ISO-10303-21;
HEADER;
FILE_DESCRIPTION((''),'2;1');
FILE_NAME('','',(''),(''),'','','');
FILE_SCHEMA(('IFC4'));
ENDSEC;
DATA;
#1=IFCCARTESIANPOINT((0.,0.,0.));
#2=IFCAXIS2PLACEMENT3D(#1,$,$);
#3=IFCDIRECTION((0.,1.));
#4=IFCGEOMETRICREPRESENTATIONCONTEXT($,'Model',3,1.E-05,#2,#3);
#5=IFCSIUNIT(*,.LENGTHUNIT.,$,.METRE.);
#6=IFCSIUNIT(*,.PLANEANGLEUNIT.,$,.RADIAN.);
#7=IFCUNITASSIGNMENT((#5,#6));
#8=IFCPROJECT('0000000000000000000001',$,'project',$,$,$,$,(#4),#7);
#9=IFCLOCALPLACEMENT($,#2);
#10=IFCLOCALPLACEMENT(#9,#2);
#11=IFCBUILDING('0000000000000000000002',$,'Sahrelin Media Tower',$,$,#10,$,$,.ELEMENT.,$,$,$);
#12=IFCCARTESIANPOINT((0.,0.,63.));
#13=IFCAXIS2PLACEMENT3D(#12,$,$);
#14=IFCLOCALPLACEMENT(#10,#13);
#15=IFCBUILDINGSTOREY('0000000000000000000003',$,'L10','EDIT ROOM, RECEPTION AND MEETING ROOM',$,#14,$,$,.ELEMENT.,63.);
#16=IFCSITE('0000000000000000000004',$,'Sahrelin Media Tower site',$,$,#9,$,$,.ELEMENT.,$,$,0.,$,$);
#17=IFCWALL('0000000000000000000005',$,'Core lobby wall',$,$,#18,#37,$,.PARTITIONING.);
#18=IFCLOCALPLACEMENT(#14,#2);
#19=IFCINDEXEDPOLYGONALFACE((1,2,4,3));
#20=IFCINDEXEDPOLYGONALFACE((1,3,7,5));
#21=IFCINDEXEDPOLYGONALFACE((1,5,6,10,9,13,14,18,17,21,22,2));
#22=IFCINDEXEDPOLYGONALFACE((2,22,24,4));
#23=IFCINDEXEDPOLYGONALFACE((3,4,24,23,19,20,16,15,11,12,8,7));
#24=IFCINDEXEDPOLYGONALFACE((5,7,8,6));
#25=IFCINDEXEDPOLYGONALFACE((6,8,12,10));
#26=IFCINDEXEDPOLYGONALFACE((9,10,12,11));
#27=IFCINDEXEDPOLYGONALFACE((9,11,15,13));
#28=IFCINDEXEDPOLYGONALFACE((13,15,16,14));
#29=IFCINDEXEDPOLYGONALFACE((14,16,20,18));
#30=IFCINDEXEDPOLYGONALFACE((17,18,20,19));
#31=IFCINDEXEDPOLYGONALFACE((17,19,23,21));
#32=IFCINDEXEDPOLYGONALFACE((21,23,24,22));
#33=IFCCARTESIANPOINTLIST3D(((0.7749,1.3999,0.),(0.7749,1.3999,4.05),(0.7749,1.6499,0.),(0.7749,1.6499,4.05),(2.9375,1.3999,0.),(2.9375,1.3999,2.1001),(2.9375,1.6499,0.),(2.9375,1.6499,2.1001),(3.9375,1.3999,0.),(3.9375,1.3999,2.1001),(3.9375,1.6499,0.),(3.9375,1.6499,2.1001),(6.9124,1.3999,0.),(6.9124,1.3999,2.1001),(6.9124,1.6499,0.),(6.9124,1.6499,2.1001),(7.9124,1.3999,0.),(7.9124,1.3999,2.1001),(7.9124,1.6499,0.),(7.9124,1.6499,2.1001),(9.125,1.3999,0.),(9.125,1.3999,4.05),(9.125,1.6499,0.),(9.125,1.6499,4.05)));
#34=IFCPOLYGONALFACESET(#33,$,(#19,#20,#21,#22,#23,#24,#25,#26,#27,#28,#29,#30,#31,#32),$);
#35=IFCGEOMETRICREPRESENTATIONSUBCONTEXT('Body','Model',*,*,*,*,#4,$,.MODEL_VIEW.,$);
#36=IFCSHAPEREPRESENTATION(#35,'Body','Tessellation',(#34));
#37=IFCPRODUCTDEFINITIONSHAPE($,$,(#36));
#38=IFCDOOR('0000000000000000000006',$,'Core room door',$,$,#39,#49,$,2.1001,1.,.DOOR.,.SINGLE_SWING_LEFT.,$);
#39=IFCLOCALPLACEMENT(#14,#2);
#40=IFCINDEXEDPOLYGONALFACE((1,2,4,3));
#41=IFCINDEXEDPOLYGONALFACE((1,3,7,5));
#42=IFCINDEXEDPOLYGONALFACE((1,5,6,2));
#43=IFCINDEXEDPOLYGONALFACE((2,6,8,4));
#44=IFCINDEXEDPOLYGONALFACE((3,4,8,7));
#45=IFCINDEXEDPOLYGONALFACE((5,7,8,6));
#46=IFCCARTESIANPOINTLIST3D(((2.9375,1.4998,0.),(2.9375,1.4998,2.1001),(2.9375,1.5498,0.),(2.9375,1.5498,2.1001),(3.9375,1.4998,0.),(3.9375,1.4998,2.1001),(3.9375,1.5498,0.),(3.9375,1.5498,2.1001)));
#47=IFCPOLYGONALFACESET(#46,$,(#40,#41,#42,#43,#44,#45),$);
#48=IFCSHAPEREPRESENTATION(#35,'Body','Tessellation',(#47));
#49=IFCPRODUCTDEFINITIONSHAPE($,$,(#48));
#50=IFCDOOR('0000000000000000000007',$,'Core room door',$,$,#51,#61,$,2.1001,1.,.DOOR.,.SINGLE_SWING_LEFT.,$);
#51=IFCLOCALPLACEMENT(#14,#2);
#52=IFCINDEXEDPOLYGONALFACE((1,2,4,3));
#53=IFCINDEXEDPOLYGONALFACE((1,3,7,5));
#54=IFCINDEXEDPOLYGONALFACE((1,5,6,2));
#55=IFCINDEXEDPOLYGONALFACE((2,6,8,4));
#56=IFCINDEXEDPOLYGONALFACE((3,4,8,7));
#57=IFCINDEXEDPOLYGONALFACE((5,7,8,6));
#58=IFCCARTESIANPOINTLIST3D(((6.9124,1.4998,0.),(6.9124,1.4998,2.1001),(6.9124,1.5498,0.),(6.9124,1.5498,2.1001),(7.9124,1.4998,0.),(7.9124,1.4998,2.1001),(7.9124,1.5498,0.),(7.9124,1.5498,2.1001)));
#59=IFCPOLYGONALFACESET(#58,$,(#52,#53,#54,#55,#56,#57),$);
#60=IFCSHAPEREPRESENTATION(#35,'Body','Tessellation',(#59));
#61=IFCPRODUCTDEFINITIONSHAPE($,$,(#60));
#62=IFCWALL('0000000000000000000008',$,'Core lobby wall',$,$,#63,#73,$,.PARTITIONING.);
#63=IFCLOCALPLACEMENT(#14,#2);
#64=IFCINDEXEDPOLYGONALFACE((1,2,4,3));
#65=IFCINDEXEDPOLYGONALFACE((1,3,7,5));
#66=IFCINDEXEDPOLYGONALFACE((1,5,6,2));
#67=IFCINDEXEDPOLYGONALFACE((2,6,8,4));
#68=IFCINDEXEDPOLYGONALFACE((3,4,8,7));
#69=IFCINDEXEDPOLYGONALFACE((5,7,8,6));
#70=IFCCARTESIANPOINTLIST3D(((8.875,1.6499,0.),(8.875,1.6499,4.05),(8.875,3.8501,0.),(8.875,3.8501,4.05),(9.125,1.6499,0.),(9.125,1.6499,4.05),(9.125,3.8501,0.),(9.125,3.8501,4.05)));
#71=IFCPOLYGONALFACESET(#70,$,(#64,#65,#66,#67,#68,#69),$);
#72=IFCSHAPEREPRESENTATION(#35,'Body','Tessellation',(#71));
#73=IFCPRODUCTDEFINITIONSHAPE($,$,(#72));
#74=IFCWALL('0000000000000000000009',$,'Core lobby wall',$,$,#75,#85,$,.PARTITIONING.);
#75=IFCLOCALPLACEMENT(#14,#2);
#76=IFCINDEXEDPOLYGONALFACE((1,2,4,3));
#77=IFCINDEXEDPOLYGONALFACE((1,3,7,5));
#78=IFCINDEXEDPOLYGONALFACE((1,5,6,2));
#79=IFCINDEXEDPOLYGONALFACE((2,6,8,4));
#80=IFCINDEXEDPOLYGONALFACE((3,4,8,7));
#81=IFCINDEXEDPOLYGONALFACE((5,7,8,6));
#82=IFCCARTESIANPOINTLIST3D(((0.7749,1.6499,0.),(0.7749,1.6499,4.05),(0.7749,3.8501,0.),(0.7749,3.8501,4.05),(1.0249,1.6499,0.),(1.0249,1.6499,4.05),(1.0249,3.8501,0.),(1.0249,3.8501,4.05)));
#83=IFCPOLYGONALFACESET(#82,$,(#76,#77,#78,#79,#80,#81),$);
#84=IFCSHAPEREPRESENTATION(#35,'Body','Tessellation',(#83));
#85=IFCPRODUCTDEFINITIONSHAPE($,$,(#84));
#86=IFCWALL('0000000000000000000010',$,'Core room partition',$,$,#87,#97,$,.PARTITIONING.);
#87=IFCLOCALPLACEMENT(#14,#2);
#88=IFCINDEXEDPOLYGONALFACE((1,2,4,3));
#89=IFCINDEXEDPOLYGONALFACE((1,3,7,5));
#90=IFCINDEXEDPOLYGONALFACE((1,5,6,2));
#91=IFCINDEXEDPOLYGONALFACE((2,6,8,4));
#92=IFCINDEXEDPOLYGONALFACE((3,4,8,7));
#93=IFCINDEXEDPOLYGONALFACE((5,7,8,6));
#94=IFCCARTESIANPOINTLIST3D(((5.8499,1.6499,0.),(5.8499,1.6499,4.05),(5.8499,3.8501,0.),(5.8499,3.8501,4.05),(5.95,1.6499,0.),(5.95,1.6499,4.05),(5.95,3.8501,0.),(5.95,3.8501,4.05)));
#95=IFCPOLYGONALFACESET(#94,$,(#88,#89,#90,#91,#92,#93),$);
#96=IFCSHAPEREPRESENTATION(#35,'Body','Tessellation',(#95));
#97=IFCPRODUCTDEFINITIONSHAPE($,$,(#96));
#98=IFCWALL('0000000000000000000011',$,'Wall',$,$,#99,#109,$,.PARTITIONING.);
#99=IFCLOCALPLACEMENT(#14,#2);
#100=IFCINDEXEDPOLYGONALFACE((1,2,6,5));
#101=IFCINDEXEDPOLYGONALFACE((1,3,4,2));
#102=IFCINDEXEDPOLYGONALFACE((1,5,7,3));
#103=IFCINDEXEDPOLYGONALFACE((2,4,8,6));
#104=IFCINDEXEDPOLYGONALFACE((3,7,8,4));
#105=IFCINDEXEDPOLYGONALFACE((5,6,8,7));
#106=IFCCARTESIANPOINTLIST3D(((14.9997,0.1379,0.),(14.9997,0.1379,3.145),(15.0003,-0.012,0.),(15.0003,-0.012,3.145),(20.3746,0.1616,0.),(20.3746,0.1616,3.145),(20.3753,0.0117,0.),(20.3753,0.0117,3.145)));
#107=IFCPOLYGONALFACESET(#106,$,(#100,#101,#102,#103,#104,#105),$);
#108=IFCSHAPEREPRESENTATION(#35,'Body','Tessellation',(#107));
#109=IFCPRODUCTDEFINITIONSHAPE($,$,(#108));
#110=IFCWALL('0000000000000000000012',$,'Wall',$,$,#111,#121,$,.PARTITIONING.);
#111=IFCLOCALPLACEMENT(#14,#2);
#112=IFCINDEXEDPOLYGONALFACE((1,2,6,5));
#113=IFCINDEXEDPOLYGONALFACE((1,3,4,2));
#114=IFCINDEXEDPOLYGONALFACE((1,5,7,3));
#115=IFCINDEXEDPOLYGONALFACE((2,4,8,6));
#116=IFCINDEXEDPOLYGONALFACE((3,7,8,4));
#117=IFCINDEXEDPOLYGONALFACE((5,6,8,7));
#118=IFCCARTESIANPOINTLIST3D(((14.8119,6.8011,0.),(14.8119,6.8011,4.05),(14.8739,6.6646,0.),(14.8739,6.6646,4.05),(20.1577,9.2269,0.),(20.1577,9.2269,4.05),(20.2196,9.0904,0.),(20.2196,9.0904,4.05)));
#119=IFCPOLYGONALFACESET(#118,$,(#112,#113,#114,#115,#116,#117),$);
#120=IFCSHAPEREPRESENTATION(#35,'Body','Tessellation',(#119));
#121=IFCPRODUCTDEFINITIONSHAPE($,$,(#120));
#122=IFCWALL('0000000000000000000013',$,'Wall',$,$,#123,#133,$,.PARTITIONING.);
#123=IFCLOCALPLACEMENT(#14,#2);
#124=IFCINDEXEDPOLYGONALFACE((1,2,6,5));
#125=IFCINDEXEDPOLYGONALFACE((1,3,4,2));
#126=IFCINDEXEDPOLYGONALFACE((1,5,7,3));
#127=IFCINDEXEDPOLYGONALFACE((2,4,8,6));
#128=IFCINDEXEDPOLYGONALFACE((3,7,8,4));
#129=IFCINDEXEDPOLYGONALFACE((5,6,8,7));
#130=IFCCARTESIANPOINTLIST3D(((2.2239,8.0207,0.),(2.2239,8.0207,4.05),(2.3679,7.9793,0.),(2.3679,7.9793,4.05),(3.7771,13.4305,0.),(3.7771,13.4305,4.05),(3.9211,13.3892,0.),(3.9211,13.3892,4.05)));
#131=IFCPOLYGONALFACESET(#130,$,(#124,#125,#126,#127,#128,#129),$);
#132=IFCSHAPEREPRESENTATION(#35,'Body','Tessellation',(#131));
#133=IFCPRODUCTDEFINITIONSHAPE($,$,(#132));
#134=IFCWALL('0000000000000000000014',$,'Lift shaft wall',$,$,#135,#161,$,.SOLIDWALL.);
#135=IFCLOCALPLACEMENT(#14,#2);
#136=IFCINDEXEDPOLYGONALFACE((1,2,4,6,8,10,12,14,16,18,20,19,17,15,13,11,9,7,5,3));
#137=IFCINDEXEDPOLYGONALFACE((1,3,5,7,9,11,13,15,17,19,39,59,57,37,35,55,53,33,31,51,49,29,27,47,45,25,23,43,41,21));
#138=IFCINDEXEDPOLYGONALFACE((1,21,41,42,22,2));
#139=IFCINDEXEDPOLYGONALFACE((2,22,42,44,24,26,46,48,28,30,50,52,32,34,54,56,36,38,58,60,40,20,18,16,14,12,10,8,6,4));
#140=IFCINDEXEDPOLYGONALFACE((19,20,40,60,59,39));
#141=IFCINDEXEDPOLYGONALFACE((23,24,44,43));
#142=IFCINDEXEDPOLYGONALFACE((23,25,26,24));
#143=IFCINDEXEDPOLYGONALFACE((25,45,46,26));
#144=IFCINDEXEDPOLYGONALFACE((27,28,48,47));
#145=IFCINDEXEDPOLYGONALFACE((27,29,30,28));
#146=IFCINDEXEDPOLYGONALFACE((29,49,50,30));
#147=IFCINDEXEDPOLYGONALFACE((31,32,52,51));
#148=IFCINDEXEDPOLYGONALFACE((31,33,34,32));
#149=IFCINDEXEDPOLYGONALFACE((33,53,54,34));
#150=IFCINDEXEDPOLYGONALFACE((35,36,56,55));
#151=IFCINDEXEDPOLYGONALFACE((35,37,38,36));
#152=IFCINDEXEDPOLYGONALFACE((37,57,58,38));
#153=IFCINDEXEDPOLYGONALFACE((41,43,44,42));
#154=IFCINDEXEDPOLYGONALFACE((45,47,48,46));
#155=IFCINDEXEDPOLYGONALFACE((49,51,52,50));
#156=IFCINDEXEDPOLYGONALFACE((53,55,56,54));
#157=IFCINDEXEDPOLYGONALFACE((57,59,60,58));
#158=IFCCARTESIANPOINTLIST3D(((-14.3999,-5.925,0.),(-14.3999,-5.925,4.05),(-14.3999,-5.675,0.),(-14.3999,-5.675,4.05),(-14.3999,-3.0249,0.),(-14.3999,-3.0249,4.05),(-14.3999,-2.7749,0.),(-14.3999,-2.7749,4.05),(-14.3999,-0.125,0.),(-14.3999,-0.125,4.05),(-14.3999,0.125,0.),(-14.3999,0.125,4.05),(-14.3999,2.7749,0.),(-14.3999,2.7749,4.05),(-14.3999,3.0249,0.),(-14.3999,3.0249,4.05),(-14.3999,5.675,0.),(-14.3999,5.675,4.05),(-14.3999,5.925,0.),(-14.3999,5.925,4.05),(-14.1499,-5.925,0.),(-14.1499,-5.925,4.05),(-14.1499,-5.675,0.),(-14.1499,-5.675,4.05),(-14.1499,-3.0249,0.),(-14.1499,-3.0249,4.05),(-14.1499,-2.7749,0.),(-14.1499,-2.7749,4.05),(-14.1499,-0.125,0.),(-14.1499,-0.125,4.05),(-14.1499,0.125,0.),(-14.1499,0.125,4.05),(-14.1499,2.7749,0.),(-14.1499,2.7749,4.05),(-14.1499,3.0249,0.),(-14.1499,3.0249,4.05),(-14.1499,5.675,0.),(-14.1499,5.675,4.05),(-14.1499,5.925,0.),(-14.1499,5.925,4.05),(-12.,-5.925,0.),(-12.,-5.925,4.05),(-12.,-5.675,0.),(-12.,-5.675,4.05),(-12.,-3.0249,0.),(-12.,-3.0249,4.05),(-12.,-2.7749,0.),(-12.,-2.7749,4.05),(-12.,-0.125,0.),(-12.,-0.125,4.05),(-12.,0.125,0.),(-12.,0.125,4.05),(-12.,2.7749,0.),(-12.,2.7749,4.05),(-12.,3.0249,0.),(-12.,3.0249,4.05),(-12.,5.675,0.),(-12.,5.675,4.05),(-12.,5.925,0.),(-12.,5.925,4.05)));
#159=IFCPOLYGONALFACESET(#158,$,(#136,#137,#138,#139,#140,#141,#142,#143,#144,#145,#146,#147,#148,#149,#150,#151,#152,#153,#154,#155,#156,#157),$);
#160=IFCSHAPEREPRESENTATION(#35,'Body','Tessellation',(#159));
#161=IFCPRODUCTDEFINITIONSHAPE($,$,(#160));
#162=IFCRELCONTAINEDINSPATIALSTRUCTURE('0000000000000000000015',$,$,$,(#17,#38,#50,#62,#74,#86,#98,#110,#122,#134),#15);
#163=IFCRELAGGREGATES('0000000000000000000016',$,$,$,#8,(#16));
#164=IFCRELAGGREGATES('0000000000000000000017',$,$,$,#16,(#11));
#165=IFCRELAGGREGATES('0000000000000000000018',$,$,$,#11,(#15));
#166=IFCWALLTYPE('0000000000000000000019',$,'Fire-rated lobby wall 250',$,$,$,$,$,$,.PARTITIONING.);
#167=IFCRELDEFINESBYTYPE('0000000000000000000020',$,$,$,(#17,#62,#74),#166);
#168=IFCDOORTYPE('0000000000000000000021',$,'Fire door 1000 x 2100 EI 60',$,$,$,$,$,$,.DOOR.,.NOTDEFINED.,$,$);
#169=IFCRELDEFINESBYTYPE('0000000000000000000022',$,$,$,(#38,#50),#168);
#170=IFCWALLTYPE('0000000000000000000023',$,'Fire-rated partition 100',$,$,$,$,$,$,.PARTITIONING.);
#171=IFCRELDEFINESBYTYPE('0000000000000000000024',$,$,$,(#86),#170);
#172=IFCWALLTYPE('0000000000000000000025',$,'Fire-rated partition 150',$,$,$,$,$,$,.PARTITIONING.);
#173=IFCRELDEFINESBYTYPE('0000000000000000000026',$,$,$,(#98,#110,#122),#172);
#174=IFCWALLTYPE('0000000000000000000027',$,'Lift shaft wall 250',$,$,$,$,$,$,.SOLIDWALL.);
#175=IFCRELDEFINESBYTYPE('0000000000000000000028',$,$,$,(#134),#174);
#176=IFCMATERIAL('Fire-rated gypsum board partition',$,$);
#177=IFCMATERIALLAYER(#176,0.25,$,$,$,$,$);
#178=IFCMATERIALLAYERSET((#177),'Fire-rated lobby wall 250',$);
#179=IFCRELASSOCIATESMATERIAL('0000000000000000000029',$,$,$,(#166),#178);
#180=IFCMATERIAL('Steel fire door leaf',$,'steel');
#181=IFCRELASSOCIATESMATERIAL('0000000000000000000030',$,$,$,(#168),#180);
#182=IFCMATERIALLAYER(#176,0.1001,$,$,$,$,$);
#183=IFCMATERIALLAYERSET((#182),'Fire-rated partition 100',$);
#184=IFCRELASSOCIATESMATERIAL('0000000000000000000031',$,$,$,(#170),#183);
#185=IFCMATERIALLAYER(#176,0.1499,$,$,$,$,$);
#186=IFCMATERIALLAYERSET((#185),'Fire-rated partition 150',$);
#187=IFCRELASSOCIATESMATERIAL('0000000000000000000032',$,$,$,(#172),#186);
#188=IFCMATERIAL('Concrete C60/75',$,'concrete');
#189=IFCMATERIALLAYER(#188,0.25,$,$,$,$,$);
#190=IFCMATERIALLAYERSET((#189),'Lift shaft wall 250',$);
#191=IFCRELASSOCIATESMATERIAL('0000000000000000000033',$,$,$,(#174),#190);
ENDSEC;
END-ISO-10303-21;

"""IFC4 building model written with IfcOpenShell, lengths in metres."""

from ifc_helpers import new_model, si_unit, direction, frame, frame_2d, origin, place, context, subcontext, project, spatial, polyline, rectangle, outline, extrude, material, layer, layer_set, type_object, element, fill, save


model = new_model("IFC4")

# Units and contexts
model_context = context("Model", 3, precision=1e-05, world=origin(), true_north=direction((0.0, 1.0)))
body_context = subcontext(model_context, "Body", "Model", "MODEL_VIEW")
ifc_project = project(units=[si_unit("LENGTHUNIT", "METRE"), si_unit("PLANEANGLEUNIT", "RADIAN")], contexts=[model_context])

# Site, building, storey
site_placement = place(None, origin())
site = spatial("IfcSite", under=ifc_project, at=site_placement, Name="Sahrelin Media Tower site", CompositionType="ELEMENT", RefElevation=0.0)
building_placement = place(site_placement, origin())
building = spatial("IfcBuilding", under=site, at=building_placement, Name="Sahrelin Media Tower", CompositionType="ELEMENT")
storey_placement = place(building_placement, frame((0.0, 0.0, 63.0)))
storey = spatial("IfcBuildingStorey", under=building, at=storey_placement, Name="L10", Description="EDIT ROOM, RECEPTION AND MEETING ROOM", CompositionType="ELEMENT", Elevation=63.0)

# Wall, openings, doors
ifc_material_1 = material(Name="Fire-rated gypsum board partition")
ifc_layer_1 = layer(ifc_material_1, 0.25)
ifc_layer_set_1 = layer_set([ifc_layer_1], Name="Fire-rated lobby wall 250")
wall_type_1 = type_object("IfcWallType", Name="Fire-rated lobby wall 250", PredefinedType="PARTITIONING", material=ifc_layer_set_1)
wall_1_placement = place(storey_placement, frame((0.7749, 1.5249, 0.0), z_axis=(0.0, 0.0, 1.0), x_axis=(1.0, 0.0, 0.0)))
wall_1 = element("IfcWall", 1, at=wall_1_placement, inside=storey, type_object=wall_type_1, Name="Core lobby wall", PredefinedType="PARTITIONING", context=body_context, shape_type="SweptSolid", body=[
    extrude(rectangle(XDim=8.3501, YDim=0.25, at=frame_2d((4.175, 0.0))), origin(), (0.0, 0.0, 1.0), 4.05),
])
opening_1_placement = place(wall_1_placement, frame((2.1626, 0.0, 0.0)))
opening_1 = element("IfcOpeningElement", 2, at=opening_1_placement, cuts=wall_1, PredefinedType="OPENING", context=body_context, shape_type="SweptSolid", body=[
    extrude(rectangle(XDim=1.0, YDim=2.1001, at=frame_2d((0.5, 1.05))), frame((0.0, 0.125, 0.0), z_axis=(0.0, -1.0, 0.0), x_axis=(1.0, 0.0, 0.0)), (0.0, 0.0, 1.0), 0.25),
])
opening_2_placement = place(wall_1_placement, frame((6.1375, 0.0, 0.0)))
opening_2 = element("IfcOpeningElement", 3, at=opening_2_placement, cuts=wall_1, PredefinedType="OPENING", context=body_context, shape_type="SweptSolid", body=[
    extrude(rectangle(XDim=1.0, YDim=2.1001, at=frame_2d((0.5, 1.05))), frame((0.0, 0.125, 0.0), z_axis=(0.0, -1.0, 0.0), x_axis=(1.0, 0.0, 0.0)), (0.0, 0.0, 1.0), 0.25),
])
ifc_material_2 = material(Name="Steel fire door leaf", Category="steel")
door_type_1 = type_object("IfcDoorType", Name="Fire door 1000 x 2100 EI 60", OperationType="NOTDEFINED", PredefinedType="DOOR", material=ifc_material_2)
door_1_placement = place(opening_1_placement, origin())
door_1 = element("IfcDoor", 4, at=door_1_placement, inside=storey, type_object=door_type_1, Name="Core room door", OperationType="SINGLE_SWING_LEFT", OverallHeight=2.1001, OverallWidth=1.0, PredefinedType="DOOR", context=body_context, shape_type="SweptSolid", body=[
    extrude(rectangle(XDim=1.0, YDim=2.1001, at=frame_2d((0.5, 1.05))), frame((0.0, 0.0249, 0.0), z_axis=(0.0, -1.0, 0.0), x_axis=(1.0, 0.0, 0.0)), (0.0, 0.0, 1.0), 0.05),
])
fill(opening_1, door_1)
door_2_placement = place(opening_2_placement, origin())
door_2 = element("IfcDoor", 5, at=door_2_placement, inside=storey, type_object=door_type_1, Name="Core room door", OperationType="SINGLE_SWING_LEFT", OverallHeight=2.1001, OverallWidth=1.0, PredefinedType="DOOR", context=body_context, shape_type="SweptSolid", body=[
    extrude(rectangle(XDim=1.0, YDim=2.1001, at=frame_2d((0.5, 1.05))), frame((0.0, 0.0249, 0.0), z_axis=(0.0, -1.0, 0.0), x_axis=(1.0, 0.0, 0.0)), (0.0, 0.0, 1.0), 0.05),
])
fill(opening_2, door_2)

# Walls
for number, where, z_axis, x_axis, name in (
    (6, (9.0, 1.6499, 0.0), (0.0, 0.0, 1.0), (0.0, 1.0, 0.0), "Core lobby wall"),
    (7, (0.8999, 1.6499, 0.0), (0.0, 0.0, 1.0), (0.0, 1.0, 0.0), "Core lobby wall"),
):
    element("IfcWall", number, at=place(storey_placement, frame(where, z_axis=z_axis, x_axis=x_axis)), inside=storey, type_object=wall_type_1, Name=name, PredefinedType="PARTITIONING", context=body_context, shape_type="SweptSolid", body=[
        extrude(rectangle(XDim=2.2002, YDim=0.25, at=frame_2d((1.1001, 0.0))), origin(), (0.0, 0.0, 1.0), 4.05),
    ])
ifc_layer_2 = layer(ifc_material_1, 0.1001)
ifc_layer_set_2 = layer_set([ifc_layer_2], Name="Fire-rated partition 100")
wall_type_2 = type_object("IfcWallType", Name="Fire-rated partition 100", PredefinedType="PARTITIONING", material=ifc_layer_set_2)
wall_2_placement = place(storey_placement, frame((5.8999, 1.6499, 0.0), z_axis=(0.0, 0.0, 1.0), x_axis=(0.0, 1.0, 0.0)))
element("IfcWall", 8, at=wall_2_placement, inside=storey, type_object=wall_type_2, Name="Core room partition", PredefinedType="PARTITIONING", context=body_context, shape_type="SweptSolid", body=[
    extrude(rectangle(XDim=2.2002, YDim=0.1001, at=frame_2d((1.1001, 0.0))), origin(), (0.0, 0.0, 1.0), 4.05),
])
ifc_layer_3 = layer(ifc_material_1, 0.1499)
ifc_layer_set_3 = layer_set([ifc_layer_3], Name="Fire-rated partition 150")
wall_type_3 = type_object("IfcWallType", Name="Fire-rated partition 150", PredefinedType="PARTITIONING", material=ifc_layer_set_3)
wall_3_placement = place(storey_placement, frame((15.0, 0.063, 0.0), z_axis=(0.0, 0.0, 1.0), x_axis=(0.99999, 0.004406, 0.0)))
element("IfcWall", 9, at=wall_3_placement, inside=storey, type_object=wall_type_3, Name="Wall", PredefinedType="PARTITIONING", context=body_context, shape_type="SweptSolid", body=[
    extrude(rectangle(XDim=5.375, YDim=0.1499, at=frame_2d((2.6875, 0.0))), origin(), (0.0, 0.0, 1.0), 3.145),
])
wall_4_placement = place(storey_placement, frame((14.843, 6.7329, 0.0), z_axis=(0.0, 0.0, 1.0), x_axis=(0.910628, 0.413226, 0.0)))
element("IfcWall", 10, at=wall_4_placement, inside=storey, type_object=wall_type_3, Name="Wall", PredefinedType="PARTITIONING", context=body_context, shape_type="SweptSolid", body=[
    extrude(rectangle(XDim=5.8704, YDim=0.1499, at=frame_2d((2.9351, 0.0))), origin(), (0.0, 0.0, 1.0), 4.05),
])
wall_5_placement = place(storey_placement, frame((2.2959, 8.0, 0.0), z_axis=(0.0, 0.0, 1.0), x_axis=(0.275958, 0.96117, 0.0)))
element("IfcWall", 11, at=wall_5_placement, inside=storey, type_object=wall_type_3, Name="Wall", PredefinedType="PARTITIONING", context=body_context, shape_type="SweptSolid", body=[
    extrude(rectangle(XDim=5.6284, YDim=0.1499, at=frame_2d((2.8142, 0.0))), origin(), (0.0, 0.0, 1.0), 4.05),
])
ifc_material_3 = material(Name="Concrete C60/75", Category="concrete")
ifc_layer_4 = layer(ifc_material_3, 0.25)
ifc_layer_set_4 = layer_set([ifc_layer_4], Name="Lift shaft wall 250")
wall_type_4 = type_object("IfcWallType", Name="Lift shaft wall 250", PredefinedType="SOLIDWALL", material=ifc_layer_set_4)
placement = place(storey_placement, origin())
element("IfcWall", 12, at=placement, inside=storey, type_object=wall_type_4, Name="Lift shaft wall", PredefinedType="SOLIDWALL", context=body_context, shape_type="SweptSolid", body=[
    extrude(outline(polyline([(-12.0, -5.925), (-12.0, -5.675), (-14.1499, -5.675), (-14.1499, -3.0249), (-12.0, -3.0249), (-12.0, -2.7749), (-14.1499, -2.7749), (-14.1499, -0.125), (-12.0, -0.125), (-12.0, 0.125), (-14.1499, 0.125), (-14.1499, 2.7749), (-12.0, 2.7749), (-12.0, 3.0249), (-14.1499, 3.0249), (-14.1499, 5.675), (-12.0, 5.675), (-12.0, 5.925), (-14.1499, 5.925), (-14.3999, 5.925), (-14.3999, 5.675), (-14.3999, 3.0249), (-14.3999, 2.7749), (-14.3999, 0.125), (-14.3999, -0.125), (-14.3999, -2.7749), (-14.3999, -3.0249), (-14.3999, -5.675), (-14.3999, -5.925), (-14.1499, -5.925), (-12.0, -5.925)])), origin(), (0.0, 0.0, 1.0), 4.05),
])

save(model, "model.ifc")
